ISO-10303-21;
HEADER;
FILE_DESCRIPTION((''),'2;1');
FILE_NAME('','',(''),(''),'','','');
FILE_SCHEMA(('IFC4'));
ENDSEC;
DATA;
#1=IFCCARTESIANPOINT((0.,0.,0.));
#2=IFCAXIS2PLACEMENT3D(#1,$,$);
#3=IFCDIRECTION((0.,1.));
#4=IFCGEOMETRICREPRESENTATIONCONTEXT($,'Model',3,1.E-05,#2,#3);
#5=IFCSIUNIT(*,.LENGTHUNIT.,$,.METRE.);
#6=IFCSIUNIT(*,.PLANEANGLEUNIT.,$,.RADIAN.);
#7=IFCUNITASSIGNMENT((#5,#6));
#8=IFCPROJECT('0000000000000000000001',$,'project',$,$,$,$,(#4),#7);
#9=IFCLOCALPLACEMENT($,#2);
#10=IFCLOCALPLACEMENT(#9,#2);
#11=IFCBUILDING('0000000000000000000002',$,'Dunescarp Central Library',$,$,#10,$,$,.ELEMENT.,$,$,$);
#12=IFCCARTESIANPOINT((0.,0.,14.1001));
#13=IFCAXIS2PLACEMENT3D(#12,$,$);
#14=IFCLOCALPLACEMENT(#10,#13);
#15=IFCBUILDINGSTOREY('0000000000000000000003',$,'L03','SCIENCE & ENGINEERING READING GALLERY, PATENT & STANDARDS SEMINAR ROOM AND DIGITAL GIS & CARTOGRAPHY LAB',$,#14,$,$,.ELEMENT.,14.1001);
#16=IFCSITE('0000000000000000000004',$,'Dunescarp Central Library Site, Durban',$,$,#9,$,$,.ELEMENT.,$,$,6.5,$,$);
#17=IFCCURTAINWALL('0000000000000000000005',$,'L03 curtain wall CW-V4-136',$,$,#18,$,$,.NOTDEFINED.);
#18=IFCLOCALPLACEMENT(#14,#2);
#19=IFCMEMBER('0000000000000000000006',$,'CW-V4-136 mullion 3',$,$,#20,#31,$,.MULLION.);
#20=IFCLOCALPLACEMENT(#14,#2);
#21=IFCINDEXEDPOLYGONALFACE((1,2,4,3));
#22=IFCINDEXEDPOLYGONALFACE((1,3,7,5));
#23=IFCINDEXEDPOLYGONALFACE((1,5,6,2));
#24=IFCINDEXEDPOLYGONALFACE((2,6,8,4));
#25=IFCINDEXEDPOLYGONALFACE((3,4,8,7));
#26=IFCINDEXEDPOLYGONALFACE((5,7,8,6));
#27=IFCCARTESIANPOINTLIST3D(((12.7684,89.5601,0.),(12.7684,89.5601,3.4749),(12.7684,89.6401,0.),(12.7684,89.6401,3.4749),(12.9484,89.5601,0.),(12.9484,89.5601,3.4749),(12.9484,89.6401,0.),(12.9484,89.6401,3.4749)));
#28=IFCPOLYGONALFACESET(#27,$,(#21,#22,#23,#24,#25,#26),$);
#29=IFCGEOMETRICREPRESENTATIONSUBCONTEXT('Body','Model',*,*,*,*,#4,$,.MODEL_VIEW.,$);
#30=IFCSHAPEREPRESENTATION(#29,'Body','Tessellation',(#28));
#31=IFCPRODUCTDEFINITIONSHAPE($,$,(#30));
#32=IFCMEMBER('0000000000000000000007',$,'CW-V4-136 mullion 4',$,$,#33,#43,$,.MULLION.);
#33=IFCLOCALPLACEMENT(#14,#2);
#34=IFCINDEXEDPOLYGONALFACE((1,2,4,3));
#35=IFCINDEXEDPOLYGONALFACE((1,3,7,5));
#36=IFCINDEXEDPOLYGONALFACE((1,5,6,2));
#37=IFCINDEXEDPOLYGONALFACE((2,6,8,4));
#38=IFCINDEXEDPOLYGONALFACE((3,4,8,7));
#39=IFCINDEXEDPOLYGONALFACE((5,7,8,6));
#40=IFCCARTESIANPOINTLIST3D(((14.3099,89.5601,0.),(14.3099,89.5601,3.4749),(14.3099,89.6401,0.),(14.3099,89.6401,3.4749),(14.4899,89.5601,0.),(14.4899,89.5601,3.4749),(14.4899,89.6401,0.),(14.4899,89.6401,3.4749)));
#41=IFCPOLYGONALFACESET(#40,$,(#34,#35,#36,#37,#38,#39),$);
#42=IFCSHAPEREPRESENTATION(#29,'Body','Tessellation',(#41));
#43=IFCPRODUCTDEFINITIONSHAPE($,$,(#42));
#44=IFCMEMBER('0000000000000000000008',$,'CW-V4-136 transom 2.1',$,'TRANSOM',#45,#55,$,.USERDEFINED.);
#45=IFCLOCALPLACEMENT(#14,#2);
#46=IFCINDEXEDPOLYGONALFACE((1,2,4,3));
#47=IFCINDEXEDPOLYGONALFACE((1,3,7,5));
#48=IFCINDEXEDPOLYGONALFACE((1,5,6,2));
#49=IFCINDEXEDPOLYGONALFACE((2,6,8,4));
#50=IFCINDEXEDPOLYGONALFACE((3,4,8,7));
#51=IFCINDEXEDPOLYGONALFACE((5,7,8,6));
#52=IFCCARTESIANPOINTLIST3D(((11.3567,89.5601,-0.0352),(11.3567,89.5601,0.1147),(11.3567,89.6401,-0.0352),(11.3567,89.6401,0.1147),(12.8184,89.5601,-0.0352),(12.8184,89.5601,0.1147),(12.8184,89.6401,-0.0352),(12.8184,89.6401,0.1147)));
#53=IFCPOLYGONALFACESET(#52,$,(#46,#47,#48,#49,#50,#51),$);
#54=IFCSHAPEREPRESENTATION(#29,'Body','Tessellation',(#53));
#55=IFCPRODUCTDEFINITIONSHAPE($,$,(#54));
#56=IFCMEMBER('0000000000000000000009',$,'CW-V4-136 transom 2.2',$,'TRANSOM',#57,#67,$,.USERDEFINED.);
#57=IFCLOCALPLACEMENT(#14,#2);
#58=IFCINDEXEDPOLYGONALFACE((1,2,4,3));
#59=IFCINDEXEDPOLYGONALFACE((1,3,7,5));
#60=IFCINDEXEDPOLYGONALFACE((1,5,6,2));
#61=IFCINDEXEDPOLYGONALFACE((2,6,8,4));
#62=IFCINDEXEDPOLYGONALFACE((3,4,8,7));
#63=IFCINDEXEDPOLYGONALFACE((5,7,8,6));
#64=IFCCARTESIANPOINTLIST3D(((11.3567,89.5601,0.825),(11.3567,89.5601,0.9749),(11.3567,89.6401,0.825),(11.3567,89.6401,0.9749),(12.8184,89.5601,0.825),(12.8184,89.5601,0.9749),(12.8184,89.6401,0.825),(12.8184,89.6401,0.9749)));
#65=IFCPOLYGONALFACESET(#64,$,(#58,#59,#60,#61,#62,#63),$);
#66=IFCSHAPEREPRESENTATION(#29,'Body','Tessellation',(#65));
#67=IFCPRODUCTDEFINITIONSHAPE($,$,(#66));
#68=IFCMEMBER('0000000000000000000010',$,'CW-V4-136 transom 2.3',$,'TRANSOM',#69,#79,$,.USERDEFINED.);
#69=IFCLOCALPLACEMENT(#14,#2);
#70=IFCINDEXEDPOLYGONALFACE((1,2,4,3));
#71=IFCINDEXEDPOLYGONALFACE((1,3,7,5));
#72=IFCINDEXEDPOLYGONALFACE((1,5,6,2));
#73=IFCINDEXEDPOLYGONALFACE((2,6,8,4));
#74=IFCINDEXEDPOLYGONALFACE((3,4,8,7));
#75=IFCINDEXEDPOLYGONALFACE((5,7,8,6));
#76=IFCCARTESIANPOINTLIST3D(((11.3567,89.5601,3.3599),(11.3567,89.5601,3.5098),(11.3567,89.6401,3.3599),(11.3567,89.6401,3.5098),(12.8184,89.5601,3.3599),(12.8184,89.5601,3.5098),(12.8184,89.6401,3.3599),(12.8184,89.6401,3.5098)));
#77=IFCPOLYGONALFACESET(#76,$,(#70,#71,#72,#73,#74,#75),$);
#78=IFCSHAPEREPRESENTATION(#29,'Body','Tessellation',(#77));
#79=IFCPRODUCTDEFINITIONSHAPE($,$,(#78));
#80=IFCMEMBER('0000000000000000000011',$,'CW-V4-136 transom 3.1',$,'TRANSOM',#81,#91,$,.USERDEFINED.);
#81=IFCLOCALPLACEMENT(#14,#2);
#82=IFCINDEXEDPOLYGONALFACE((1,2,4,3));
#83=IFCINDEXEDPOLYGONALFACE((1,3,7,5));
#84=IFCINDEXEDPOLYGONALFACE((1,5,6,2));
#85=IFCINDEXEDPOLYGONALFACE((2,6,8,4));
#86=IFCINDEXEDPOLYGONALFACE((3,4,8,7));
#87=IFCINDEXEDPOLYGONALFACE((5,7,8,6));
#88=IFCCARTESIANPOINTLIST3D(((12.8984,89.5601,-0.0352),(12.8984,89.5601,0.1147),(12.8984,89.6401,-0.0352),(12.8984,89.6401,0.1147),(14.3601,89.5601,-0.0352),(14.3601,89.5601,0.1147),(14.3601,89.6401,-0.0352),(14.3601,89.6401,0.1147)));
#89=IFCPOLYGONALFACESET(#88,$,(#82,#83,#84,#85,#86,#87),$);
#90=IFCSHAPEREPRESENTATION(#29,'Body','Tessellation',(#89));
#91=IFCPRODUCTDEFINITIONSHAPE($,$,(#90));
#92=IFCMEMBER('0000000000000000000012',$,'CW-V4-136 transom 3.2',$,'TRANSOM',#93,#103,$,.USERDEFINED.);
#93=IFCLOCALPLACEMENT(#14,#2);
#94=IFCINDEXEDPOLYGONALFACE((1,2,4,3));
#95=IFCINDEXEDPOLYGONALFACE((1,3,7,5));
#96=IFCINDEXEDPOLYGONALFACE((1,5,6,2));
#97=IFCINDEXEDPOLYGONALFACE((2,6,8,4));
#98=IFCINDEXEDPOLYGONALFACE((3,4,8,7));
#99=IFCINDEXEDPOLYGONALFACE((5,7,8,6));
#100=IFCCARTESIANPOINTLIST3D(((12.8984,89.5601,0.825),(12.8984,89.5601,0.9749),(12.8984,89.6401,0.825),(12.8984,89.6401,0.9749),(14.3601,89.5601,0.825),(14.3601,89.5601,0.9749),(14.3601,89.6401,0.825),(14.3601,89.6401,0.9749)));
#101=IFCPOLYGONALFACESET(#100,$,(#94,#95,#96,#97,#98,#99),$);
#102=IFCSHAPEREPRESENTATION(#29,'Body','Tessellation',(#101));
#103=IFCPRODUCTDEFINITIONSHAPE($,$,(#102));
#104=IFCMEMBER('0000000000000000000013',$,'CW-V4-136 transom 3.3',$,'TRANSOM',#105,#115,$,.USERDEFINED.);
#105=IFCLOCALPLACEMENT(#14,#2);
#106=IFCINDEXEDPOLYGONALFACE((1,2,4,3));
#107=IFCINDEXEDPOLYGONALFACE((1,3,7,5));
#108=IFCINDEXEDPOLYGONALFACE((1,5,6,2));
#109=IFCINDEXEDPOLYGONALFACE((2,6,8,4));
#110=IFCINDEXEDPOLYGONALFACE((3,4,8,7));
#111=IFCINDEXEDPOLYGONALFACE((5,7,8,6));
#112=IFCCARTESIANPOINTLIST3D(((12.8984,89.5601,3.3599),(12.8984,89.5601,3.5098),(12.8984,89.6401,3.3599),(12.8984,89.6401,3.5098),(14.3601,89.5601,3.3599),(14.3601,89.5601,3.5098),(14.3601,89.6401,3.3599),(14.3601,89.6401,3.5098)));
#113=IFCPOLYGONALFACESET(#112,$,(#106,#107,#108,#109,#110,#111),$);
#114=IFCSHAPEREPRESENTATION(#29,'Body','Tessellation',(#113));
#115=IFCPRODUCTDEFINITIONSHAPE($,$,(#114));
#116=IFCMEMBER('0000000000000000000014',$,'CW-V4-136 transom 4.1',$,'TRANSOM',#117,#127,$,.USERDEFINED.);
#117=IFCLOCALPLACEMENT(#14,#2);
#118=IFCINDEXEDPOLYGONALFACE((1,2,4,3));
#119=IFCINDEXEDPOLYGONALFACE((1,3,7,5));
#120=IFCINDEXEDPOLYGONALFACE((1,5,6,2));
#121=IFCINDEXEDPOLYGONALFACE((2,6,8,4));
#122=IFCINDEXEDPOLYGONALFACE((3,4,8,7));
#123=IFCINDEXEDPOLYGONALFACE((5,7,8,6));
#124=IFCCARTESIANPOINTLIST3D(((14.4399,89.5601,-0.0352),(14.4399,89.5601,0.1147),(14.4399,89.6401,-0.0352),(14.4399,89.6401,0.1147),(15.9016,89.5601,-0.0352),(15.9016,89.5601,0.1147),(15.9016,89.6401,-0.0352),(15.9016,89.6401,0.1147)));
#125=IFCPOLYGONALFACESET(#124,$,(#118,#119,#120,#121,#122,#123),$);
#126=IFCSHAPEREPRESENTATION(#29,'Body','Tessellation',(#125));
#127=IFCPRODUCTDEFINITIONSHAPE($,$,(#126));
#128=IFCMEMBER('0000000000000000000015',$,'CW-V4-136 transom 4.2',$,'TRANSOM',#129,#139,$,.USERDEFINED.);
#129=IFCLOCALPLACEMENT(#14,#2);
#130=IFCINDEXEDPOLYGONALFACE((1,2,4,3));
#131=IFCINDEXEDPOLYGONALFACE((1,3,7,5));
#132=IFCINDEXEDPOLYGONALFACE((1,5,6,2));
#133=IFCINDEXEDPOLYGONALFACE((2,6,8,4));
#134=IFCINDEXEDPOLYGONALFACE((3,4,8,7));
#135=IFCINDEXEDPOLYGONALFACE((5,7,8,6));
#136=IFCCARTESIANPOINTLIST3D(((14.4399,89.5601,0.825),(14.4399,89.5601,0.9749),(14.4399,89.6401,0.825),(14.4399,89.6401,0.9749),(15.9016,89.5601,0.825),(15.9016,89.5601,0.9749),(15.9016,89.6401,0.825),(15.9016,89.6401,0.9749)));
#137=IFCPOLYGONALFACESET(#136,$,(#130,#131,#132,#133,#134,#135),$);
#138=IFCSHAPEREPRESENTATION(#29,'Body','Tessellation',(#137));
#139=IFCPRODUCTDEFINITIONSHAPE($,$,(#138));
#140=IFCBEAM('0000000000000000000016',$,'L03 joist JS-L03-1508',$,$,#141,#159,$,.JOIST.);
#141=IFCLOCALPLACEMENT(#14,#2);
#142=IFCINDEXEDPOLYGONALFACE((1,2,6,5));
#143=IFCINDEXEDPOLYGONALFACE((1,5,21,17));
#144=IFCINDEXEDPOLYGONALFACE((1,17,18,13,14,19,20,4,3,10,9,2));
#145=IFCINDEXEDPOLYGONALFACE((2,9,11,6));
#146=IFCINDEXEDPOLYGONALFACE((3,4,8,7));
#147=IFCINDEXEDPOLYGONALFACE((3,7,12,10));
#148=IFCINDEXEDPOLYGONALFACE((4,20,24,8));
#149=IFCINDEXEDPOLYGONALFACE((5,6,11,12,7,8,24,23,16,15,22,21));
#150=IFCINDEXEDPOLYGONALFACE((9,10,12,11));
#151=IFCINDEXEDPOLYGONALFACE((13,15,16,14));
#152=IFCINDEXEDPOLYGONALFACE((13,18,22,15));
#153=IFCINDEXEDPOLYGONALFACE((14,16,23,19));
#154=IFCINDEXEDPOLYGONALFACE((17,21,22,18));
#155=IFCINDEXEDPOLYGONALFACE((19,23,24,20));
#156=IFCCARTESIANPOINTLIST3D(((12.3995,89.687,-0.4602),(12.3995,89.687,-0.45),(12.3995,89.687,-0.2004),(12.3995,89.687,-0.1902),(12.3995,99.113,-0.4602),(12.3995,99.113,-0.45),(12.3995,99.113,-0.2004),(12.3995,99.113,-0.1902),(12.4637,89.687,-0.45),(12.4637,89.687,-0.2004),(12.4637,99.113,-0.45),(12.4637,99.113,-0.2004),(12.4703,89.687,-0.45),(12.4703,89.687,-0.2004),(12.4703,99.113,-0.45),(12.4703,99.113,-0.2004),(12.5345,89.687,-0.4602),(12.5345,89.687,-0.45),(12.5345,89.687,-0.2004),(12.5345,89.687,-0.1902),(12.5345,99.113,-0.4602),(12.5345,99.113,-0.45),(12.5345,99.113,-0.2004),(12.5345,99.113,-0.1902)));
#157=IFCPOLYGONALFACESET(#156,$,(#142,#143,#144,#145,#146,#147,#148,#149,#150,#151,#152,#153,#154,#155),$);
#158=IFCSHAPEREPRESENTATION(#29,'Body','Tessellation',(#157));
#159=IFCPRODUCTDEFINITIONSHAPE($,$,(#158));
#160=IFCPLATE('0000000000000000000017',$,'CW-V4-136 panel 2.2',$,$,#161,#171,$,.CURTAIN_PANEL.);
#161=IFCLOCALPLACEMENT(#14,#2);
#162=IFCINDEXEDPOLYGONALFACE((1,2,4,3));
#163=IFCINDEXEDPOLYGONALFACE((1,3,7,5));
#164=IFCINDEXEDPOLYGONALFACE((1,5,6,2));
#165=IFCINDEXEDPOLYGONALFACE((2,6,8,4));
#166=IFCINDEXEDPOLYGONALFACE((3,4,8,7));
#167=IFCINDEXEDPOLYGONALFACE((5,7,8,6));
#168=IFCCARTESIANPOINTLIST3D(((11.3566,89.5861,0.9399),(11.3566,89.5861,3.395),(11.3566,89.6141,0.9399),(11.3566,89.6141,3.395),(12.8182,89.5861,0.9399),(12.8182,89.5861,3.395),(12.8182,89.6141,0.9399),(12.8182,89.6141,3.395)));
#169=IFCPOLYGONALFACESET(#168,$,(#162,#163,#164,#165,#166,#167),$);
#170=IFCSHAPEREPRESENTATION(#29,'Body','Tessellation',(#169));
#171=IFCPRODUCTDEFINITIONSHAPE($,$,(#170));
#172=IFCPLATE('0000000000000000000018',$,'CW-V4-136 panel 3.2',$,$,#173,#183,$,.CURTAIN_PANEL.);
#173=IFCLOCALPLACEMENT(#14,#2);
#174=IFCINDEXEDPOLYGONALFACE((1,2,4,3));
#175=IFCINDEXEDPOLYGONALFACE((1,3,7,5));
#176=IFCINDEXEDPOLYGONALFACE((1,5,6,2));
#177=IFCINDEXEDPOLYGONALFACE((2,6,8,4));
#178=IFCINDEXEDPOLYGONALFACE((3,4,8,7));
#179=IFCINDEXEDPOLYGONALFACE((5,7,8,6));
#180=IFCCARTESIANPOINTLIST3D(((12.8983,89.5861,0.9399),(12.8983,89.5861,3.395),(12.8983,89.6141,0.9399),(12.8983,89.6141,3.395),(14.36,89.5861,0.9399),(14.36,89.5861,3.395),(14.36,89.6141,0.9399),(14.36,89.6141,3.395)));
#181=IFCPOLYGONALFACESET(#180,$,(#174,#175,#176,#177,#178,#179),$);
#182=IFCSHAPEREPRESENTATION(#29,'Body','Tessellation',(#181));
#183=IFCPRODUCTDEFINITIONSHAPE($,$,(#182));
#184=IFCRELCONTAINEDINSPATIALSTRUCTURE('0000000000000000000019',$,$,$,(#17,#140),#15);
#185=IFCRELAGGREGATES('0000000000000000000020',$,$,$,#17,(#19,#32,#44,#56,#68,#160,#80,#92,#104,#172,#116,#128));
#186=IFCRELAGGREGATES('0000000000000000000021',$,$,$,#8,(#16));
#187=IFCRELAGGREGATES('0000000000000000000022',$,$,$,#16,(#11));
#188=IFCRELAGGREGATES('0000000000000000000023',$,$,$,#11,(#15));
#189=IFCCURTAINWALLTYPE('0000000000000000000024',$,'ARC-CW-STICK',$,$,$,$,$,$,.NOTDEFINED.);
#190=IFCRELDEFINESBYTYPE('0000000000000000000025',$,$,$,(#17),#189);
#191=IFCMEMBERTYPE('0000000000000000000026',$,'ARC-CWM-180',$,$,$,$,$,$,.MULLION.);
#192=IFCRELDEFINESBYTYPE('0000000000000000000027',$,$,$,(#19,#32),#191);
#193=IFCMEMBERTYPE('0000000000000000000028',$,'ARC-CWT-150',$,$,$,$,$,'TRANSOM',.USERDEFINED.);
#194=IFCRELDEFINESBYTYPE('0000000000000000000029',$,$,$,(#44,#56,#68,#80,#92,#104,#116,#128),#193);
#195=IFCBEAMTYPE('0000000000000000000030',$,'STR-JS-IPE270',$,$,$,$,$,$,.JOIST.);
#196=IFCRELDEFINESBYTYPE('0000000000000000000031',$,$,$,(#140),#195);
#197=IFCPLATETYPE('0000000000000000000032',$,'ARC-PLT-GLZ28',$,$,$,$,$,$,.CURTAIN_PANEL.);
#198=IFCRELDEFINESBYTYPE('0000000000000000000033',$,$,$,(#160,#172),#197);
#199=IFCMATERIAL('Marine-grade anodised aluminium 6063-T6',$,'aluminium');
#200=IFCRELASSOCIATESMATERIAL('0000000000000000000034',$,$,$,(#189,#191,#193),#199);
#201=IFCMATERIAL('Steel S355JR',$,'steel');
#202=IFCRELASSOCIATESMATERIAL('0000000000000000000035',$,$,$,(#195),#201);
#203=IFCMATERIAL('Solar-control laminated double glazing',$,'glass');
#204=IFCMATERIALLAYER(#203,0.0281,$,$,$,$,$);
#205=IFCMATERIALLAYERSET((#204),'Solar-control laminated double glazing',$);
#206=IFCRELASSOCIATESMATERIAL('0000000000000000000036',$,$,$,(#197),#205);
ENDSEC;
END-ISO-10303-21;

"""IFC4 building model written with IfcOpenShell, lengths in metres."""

from ifc_helpers import new_model, si_unit, direction, frame, origin, origin_2d, place, context, subcontext, project, spatial, rectangle, i_section, extrude, material, layer, layer_set, material_profile, profile_set, type_object, element, aggregate, save


model = new_model("IFC4")

# Units and contexts
model_context = context("Model", 3, precision=1e-05, world=origin(), true_north=direction((0.0, 1.0)))
body_context = subcontext(model_context, "Body", "Model", "MODEL_VIEW")
ifc_project = project(units=[si_unit("LENGTHUNIT", "METRE"), si_unit("PLANEANGLEUNIT", "RADIAN")], contexts=[model_context])

# Site, building, storey
site_placement = place(None, origin())
site = spatial("IfcSite", under=ifc_project, at=site_placement, Name="Dunescarp Central Library Site, Durban", CompositionType="ELEMENT", RefElevation=6.5)
building_placement = place(site_placement, origin())
building = spatial("IfcBuilding", under=site, at=building_placement, Name="Dunescarp Central Library", CompositionType="ELEMENT")
storey_placement = place(building_placement, frame((0.0, 0.0, 14.1001)))
storey = spatial("IfcBuildingStorey", under=building, at=storey_placement, Name="L03", Description="SCIENCE & ENGINEERING READING GALLERY, PATENT & STANDARDS SEMINAR ROOM AND DIGITAL GIS & CARTOGRAPHY LAB", CompositionType="ELEMENT", Elevation=14.1001)

# Curtain wall, members
ifc_material_1 = material(Name="Marine-grade anodised aluminium 6063-T6", Category="aluminium")
curtain_wall_type = type_object("IfcCurtainWallType", Name="ARC-CW-STICK", PredefinedType="NOTDEFINED", material=ifc_material_1)
curtain_wall_placement = place(storey_placement, origin())
curtain_wall = element("IfcCurtainWall", 1, at=curtain_wall_placement, inside=storey, type_object=curtain_wall_type, Name="L03 curtain wall CW-V4-136", PredefinedType="NOTDEFINED")
ifc_material_profile_1 = material_profile(ifc_material_1, rectangle(XDim=0.0801, YDim=0.1799, at=origin_2d()), Name="AL 80x180")
ifc_profile_set_1 = profile_set([ifc_material_profile_1], Name="Marine-grade anodised aluminium 6063-T6")
member_type_1 = type_object("IfcMemberType", Name="ARC-CWM-180", PredefinedType="MULLION", material=ifc_profile_set_1)
member_1_placement = place(storey_placement, frame((12.8584, 89.6001, 0.0), z_axis=(0.0, 0.0, 1.0), x_axis=(0.0, 1.0, 0.0)))
member_1 = element("IfcMember", 2, at=member_1_placement, type_object=member_type_1, Name="CW-V4-136 mullion 3", PredefinedType="MULLION", context=body_context, shape_type="SweptSolid", body=[
    extrude(rectangle(XDim=0.0801, YDim=0.1799, at=origin_2d()), origin(), (0.0, 0.0, 1.0), 3.4749),
])
member_2_placement = place(storey_placement, frame((14.3999, 89.6001, 0.0), z_axis=(0.0, 0.0, 1.0), x_axis=(0.0, 1.0, 0.0)))
member_2 = element("IfcMember", 3, at=member_2_placement, type_object=member_type_1, Name="CW-V4-136 mullion 4", PredefinedType="MULLION", context=body_context, shape_type="SweptSolid", body=[
    extrude(rectangle(XDim=0.0801, YDim=0.1799, at=origin_2d()), origin(), (0.0, 0.0, 1.0), 3.4749),
])
ifc_material_profile_2 = material_profile(ifc_material_1, rectangle(XDim=0.0801, YDim=0.1499, at=origin_2d()), Name="AL 80x150")
ifc_profile_set_2 = profile_set([ifc_material_profile_2], Name="Marine-grade anodised aluminium 6063-T6")
member_type_2 = type_object("IfcMemberType", Name="ARC-CWT-150", ElementType="TRANSOM", PredefinedType="USERDEFINED", material=ifc_profile_set_2)
member_3_placement = place(storey_placement, frame((11.3567, 89.6001, 0.0398), z_axis=(1.0, 0.0, 0.0), x_axis=(0.0, 1.0, 0.0)))
member_3 = element("IfcMember", 4, at=member_3_placement, type_object=member_type_2, Name="CW-V4-136 transom 2.1", ObjectType="TRANSOM", PredefinedType="USERDEFINED", context=body_context, shape_type="SweptSolid", body=[
    extrude(rectangle(XDim=0.0801, YDim=0.1499, at=origin_2d()), origin(), (0.0, 0.0, 1.0), 1.4617),
])
member_4_placement = place(storey_placement, frame((11.3567, 89.6001, 0.8999), z_axis=(1.0, 0.0, 0.0), x_axis=(0.0, 1.0, 0.0)))
member_4 = element("IfcMember", 5, at=member_4_placement, type_object=member_type_2, Name="CW-V4-136 transom 2.2", ObjectType="TRANSOM", PredefinedType="USERDEFINED", context=body_context, shape_type="SweptSolid", body=[
    extrude(rectangle(XDim=0.0801, YDim=0.1499, at=origin_2d()), origin(), (0.0, 0.0, 1.0), 1.4617),
])
member_5_placement = place(storey_placement, frame((11.3567, 89.6001, 3.4348), z_axis=(1.0, 0.0, 0.0), x_axis=(0.0, 1.0, 0.0)))
member_5 = element("IfcMember", 6, at=member_5_placement, type_object=member_type_2, Name="CW-V4-136 transom 2.3", ObjectType="TRANSOM", PredefinedType="USERDEFINED", context=body_context, shape_type="SweptSolid", body=[
    extrude(rectangle(XDim=0.0801, YDim=0.1499, at=origin_2d()), origin(), (0.0, 0.0, 1.0), 1.4617),
])
member_6_placement = place(storey_placement, frame((12.8984, 89.6001, 0.0398), z_axis=(1.0, 0.0, 0.0), x_axis=(0.0, 1.0, 0.0)))
member_6 = element("IfcMember", 7, at=member_6_placement, type_object=member_type_2, Name="CW-V4-136 transom 3.1", ObjectType="TRANSOM", PredefinedType="USERDEFINED", context=body_context, shape_type="SweptSolid", body=[
    extrude(rectangle(XDim=0.0801, YDim=0.1499, at=origin_2d()), origin(), (0.0, 0.0, 1.0), 1.4617),
])
member_7_placement = place(storey_placement, frame((12.8984, 89.6001, 0.8999), z_axis=(1.0, 0.0, 0.0), x_axis=(0.0, 1.0, 0.0)))
member_7 = element("IfcMember", 8, at=member_7_placement, type_object=member_type_2, Name="CW-V4-136 transom 3.2", ObjectType="TRANSOM", PredefinedType="USERDEFINED", context=body_context, shape_type="SweptSolid", body=[
    extrude(rectangle(XDim=0.0801, YDim=0.1499, at=origin_2d()), origin(), (0.0, 0.0, 1.0), 1.4617),
])
member_8_placement = place(storey_placement, frame((12.8984, 89.6001, 3.4348), z_axis=(1.0, 0.0, 0.0), x_axis=(0.0, 1.0, 0.0)))
member_8 = element("IfcMember", 9, at=member_8_placement, type_object=member_type_2, Name="CW-V4-136 transom 3.3", ObjectType="TRANSOM", PredefinedType="USERDEFINED", context=body_context, shape_type="SweptSolid", body=[
    extrude(rectangle(XDim=0.0801, YDim=0.1499, at=origin_2d()), origin(), (0.0, 0.0, 1.0), 1.4617),
])
member_9_placement = place(storey_placement, frame((14.4399, 89.6001, 0.0398), z_axis=(1.0, 0.0, 0.0), x_axis=(0.0, 1.0, 0.0)))
member_9 = element("IfcMember", 10, at=member_9_placement, type_object=member_type_2, Name="CW-V4-136 transom 4.1", ObjectType="TRANSOM", PredefinedType="USERDEFINED", context=body_context, shape_type="SweptSolid", body=[
    extrude(rectangle(XDim=0.0801, YDim=0.1499, at=origin_2d()), origin(), (0.0, 0.0, 1.0), 1.4617),
])
member_10_placement = place(storey_placement, frame((14.4399, 89.6001, 0.8999), z_axis=(1.0, 0.0, 0.0), x_axis=(0.0, 1.0, 0.0)))
member_10 = element("IfcMember", 11, at=member_10_placement, type_object=member_type_2, Name="CW-V4-136 transom 4.2", ObjectType="TRANSOM", PredefinedType="USERDEFINED", context=body_context, shape_type="SweptSolid", body=[
    extrude(rectangle(XDim=0.0801, YDim=0.1499, at=origin_2d()), origin(), (0.0, 0.0, 1.0), 1.4617),
])

# Beam
ifc_material_2 = material(Name="Steel S355JR", Category="steel")
ifc_material_profile_3 = material_profile(ifc_material_2, i_section(OverallWidth=0.135, OverallDepth=0.27, WebThickness=0.0066, FlangeThickness=0.0103, at=origin_2d()), Name="IPE 270")
ifc_profile_set_3 = profile_set([ifc_material_profile_3], Name="Steel S355JR")
beam_type = type_object("IfcBeamType", Name="STR-JS-IPE270", PredefinedType="JOIST", material=ifc_profile_set_3)
beam_placement = place(storey_placement, frame((12.467, 89.687, -0.3252), z_axis=(0.0, 1.0, 0.0), x_axis=(-1.0, 0.0, 0.0)))
element("IfcBeam", 12, at=beam_placement, inside=storey, type_object=beam_type, Name="L03 joist JS-L03-1508", PredefinedType="JOIST", context=body_context, shape_type="SweptSolid", body=[
    extrude(i_section(OverallWidth=0.135, OverallDepth=0.27, WebThickness=0.0066, FlangeThickness=0.0103, at=origin_2d()), origin(), (0.0, 0.0, 1.0), 9.426),
])

# Plates
ifc_material_3 = material(Name="Solar-control laminated double glazing", Category="glass")
ifc_layer_1 = layer(ifc_material_3, 0.0281)
ifc_layer_set_1 = layer_set([ifc_layer_1], Name="Solar-control laminated double glazing")
plate_type_1 = type_object("IfcPlateType", Name="ARC-PLT-GLZ28", PredefinedType="CURTAIN_PANEL", material=ifc_layer_set_1)
plate_1_placement = place(storey_placement, frame((12.0874, 89.6001, 0.9399), z_axis=(0.0, 0.0, 1.0), x_axis=(1.0, 0.0, 0.0)))
plate_1 = element("IfcPlate", 13, at=plate_1_placement, type_object=plate_type_1, Name="CW-V4-136 panel 2.2", PredefinedType="CURTAIN_PANEL", context=body_context, shape_type="SweptSolid", body=[
    extrude(rectangle(XDim=1.4617, YDim=0.0281, at=origin_2d()), origin(), (0.0, 0.0, 1.0), 2.4551),
])
plate_2_placement = place(storey_placement, frame((13.6292, 89.6001, 0.9399), z_axis=(0.0, 0.0, 1.0), x_axis=(1.0, 0.0, 0.0)))
plate_2 = element("IfcPlate", 14, at=plate_2_placement, type_object=plate_type_1, Name="CW-V4-136 panel 3.2", PredefinedType="CURTAIN_PANEL", context=body_context, shape_type="SweptSolid", body=[
    extrude(rectangle(XDim=1.4617, YDim=0.0281, at=origin_2d()), origin(), (0.0, 0.0, 1.0), 2.4551),
])
aggregate(curtain_wall, [member_1, member_2, member_3, member_4, member_5, plate_1, member_6, member_7, member_8, plate_2, member_9, member_10])

save(model, "model.ifc")
